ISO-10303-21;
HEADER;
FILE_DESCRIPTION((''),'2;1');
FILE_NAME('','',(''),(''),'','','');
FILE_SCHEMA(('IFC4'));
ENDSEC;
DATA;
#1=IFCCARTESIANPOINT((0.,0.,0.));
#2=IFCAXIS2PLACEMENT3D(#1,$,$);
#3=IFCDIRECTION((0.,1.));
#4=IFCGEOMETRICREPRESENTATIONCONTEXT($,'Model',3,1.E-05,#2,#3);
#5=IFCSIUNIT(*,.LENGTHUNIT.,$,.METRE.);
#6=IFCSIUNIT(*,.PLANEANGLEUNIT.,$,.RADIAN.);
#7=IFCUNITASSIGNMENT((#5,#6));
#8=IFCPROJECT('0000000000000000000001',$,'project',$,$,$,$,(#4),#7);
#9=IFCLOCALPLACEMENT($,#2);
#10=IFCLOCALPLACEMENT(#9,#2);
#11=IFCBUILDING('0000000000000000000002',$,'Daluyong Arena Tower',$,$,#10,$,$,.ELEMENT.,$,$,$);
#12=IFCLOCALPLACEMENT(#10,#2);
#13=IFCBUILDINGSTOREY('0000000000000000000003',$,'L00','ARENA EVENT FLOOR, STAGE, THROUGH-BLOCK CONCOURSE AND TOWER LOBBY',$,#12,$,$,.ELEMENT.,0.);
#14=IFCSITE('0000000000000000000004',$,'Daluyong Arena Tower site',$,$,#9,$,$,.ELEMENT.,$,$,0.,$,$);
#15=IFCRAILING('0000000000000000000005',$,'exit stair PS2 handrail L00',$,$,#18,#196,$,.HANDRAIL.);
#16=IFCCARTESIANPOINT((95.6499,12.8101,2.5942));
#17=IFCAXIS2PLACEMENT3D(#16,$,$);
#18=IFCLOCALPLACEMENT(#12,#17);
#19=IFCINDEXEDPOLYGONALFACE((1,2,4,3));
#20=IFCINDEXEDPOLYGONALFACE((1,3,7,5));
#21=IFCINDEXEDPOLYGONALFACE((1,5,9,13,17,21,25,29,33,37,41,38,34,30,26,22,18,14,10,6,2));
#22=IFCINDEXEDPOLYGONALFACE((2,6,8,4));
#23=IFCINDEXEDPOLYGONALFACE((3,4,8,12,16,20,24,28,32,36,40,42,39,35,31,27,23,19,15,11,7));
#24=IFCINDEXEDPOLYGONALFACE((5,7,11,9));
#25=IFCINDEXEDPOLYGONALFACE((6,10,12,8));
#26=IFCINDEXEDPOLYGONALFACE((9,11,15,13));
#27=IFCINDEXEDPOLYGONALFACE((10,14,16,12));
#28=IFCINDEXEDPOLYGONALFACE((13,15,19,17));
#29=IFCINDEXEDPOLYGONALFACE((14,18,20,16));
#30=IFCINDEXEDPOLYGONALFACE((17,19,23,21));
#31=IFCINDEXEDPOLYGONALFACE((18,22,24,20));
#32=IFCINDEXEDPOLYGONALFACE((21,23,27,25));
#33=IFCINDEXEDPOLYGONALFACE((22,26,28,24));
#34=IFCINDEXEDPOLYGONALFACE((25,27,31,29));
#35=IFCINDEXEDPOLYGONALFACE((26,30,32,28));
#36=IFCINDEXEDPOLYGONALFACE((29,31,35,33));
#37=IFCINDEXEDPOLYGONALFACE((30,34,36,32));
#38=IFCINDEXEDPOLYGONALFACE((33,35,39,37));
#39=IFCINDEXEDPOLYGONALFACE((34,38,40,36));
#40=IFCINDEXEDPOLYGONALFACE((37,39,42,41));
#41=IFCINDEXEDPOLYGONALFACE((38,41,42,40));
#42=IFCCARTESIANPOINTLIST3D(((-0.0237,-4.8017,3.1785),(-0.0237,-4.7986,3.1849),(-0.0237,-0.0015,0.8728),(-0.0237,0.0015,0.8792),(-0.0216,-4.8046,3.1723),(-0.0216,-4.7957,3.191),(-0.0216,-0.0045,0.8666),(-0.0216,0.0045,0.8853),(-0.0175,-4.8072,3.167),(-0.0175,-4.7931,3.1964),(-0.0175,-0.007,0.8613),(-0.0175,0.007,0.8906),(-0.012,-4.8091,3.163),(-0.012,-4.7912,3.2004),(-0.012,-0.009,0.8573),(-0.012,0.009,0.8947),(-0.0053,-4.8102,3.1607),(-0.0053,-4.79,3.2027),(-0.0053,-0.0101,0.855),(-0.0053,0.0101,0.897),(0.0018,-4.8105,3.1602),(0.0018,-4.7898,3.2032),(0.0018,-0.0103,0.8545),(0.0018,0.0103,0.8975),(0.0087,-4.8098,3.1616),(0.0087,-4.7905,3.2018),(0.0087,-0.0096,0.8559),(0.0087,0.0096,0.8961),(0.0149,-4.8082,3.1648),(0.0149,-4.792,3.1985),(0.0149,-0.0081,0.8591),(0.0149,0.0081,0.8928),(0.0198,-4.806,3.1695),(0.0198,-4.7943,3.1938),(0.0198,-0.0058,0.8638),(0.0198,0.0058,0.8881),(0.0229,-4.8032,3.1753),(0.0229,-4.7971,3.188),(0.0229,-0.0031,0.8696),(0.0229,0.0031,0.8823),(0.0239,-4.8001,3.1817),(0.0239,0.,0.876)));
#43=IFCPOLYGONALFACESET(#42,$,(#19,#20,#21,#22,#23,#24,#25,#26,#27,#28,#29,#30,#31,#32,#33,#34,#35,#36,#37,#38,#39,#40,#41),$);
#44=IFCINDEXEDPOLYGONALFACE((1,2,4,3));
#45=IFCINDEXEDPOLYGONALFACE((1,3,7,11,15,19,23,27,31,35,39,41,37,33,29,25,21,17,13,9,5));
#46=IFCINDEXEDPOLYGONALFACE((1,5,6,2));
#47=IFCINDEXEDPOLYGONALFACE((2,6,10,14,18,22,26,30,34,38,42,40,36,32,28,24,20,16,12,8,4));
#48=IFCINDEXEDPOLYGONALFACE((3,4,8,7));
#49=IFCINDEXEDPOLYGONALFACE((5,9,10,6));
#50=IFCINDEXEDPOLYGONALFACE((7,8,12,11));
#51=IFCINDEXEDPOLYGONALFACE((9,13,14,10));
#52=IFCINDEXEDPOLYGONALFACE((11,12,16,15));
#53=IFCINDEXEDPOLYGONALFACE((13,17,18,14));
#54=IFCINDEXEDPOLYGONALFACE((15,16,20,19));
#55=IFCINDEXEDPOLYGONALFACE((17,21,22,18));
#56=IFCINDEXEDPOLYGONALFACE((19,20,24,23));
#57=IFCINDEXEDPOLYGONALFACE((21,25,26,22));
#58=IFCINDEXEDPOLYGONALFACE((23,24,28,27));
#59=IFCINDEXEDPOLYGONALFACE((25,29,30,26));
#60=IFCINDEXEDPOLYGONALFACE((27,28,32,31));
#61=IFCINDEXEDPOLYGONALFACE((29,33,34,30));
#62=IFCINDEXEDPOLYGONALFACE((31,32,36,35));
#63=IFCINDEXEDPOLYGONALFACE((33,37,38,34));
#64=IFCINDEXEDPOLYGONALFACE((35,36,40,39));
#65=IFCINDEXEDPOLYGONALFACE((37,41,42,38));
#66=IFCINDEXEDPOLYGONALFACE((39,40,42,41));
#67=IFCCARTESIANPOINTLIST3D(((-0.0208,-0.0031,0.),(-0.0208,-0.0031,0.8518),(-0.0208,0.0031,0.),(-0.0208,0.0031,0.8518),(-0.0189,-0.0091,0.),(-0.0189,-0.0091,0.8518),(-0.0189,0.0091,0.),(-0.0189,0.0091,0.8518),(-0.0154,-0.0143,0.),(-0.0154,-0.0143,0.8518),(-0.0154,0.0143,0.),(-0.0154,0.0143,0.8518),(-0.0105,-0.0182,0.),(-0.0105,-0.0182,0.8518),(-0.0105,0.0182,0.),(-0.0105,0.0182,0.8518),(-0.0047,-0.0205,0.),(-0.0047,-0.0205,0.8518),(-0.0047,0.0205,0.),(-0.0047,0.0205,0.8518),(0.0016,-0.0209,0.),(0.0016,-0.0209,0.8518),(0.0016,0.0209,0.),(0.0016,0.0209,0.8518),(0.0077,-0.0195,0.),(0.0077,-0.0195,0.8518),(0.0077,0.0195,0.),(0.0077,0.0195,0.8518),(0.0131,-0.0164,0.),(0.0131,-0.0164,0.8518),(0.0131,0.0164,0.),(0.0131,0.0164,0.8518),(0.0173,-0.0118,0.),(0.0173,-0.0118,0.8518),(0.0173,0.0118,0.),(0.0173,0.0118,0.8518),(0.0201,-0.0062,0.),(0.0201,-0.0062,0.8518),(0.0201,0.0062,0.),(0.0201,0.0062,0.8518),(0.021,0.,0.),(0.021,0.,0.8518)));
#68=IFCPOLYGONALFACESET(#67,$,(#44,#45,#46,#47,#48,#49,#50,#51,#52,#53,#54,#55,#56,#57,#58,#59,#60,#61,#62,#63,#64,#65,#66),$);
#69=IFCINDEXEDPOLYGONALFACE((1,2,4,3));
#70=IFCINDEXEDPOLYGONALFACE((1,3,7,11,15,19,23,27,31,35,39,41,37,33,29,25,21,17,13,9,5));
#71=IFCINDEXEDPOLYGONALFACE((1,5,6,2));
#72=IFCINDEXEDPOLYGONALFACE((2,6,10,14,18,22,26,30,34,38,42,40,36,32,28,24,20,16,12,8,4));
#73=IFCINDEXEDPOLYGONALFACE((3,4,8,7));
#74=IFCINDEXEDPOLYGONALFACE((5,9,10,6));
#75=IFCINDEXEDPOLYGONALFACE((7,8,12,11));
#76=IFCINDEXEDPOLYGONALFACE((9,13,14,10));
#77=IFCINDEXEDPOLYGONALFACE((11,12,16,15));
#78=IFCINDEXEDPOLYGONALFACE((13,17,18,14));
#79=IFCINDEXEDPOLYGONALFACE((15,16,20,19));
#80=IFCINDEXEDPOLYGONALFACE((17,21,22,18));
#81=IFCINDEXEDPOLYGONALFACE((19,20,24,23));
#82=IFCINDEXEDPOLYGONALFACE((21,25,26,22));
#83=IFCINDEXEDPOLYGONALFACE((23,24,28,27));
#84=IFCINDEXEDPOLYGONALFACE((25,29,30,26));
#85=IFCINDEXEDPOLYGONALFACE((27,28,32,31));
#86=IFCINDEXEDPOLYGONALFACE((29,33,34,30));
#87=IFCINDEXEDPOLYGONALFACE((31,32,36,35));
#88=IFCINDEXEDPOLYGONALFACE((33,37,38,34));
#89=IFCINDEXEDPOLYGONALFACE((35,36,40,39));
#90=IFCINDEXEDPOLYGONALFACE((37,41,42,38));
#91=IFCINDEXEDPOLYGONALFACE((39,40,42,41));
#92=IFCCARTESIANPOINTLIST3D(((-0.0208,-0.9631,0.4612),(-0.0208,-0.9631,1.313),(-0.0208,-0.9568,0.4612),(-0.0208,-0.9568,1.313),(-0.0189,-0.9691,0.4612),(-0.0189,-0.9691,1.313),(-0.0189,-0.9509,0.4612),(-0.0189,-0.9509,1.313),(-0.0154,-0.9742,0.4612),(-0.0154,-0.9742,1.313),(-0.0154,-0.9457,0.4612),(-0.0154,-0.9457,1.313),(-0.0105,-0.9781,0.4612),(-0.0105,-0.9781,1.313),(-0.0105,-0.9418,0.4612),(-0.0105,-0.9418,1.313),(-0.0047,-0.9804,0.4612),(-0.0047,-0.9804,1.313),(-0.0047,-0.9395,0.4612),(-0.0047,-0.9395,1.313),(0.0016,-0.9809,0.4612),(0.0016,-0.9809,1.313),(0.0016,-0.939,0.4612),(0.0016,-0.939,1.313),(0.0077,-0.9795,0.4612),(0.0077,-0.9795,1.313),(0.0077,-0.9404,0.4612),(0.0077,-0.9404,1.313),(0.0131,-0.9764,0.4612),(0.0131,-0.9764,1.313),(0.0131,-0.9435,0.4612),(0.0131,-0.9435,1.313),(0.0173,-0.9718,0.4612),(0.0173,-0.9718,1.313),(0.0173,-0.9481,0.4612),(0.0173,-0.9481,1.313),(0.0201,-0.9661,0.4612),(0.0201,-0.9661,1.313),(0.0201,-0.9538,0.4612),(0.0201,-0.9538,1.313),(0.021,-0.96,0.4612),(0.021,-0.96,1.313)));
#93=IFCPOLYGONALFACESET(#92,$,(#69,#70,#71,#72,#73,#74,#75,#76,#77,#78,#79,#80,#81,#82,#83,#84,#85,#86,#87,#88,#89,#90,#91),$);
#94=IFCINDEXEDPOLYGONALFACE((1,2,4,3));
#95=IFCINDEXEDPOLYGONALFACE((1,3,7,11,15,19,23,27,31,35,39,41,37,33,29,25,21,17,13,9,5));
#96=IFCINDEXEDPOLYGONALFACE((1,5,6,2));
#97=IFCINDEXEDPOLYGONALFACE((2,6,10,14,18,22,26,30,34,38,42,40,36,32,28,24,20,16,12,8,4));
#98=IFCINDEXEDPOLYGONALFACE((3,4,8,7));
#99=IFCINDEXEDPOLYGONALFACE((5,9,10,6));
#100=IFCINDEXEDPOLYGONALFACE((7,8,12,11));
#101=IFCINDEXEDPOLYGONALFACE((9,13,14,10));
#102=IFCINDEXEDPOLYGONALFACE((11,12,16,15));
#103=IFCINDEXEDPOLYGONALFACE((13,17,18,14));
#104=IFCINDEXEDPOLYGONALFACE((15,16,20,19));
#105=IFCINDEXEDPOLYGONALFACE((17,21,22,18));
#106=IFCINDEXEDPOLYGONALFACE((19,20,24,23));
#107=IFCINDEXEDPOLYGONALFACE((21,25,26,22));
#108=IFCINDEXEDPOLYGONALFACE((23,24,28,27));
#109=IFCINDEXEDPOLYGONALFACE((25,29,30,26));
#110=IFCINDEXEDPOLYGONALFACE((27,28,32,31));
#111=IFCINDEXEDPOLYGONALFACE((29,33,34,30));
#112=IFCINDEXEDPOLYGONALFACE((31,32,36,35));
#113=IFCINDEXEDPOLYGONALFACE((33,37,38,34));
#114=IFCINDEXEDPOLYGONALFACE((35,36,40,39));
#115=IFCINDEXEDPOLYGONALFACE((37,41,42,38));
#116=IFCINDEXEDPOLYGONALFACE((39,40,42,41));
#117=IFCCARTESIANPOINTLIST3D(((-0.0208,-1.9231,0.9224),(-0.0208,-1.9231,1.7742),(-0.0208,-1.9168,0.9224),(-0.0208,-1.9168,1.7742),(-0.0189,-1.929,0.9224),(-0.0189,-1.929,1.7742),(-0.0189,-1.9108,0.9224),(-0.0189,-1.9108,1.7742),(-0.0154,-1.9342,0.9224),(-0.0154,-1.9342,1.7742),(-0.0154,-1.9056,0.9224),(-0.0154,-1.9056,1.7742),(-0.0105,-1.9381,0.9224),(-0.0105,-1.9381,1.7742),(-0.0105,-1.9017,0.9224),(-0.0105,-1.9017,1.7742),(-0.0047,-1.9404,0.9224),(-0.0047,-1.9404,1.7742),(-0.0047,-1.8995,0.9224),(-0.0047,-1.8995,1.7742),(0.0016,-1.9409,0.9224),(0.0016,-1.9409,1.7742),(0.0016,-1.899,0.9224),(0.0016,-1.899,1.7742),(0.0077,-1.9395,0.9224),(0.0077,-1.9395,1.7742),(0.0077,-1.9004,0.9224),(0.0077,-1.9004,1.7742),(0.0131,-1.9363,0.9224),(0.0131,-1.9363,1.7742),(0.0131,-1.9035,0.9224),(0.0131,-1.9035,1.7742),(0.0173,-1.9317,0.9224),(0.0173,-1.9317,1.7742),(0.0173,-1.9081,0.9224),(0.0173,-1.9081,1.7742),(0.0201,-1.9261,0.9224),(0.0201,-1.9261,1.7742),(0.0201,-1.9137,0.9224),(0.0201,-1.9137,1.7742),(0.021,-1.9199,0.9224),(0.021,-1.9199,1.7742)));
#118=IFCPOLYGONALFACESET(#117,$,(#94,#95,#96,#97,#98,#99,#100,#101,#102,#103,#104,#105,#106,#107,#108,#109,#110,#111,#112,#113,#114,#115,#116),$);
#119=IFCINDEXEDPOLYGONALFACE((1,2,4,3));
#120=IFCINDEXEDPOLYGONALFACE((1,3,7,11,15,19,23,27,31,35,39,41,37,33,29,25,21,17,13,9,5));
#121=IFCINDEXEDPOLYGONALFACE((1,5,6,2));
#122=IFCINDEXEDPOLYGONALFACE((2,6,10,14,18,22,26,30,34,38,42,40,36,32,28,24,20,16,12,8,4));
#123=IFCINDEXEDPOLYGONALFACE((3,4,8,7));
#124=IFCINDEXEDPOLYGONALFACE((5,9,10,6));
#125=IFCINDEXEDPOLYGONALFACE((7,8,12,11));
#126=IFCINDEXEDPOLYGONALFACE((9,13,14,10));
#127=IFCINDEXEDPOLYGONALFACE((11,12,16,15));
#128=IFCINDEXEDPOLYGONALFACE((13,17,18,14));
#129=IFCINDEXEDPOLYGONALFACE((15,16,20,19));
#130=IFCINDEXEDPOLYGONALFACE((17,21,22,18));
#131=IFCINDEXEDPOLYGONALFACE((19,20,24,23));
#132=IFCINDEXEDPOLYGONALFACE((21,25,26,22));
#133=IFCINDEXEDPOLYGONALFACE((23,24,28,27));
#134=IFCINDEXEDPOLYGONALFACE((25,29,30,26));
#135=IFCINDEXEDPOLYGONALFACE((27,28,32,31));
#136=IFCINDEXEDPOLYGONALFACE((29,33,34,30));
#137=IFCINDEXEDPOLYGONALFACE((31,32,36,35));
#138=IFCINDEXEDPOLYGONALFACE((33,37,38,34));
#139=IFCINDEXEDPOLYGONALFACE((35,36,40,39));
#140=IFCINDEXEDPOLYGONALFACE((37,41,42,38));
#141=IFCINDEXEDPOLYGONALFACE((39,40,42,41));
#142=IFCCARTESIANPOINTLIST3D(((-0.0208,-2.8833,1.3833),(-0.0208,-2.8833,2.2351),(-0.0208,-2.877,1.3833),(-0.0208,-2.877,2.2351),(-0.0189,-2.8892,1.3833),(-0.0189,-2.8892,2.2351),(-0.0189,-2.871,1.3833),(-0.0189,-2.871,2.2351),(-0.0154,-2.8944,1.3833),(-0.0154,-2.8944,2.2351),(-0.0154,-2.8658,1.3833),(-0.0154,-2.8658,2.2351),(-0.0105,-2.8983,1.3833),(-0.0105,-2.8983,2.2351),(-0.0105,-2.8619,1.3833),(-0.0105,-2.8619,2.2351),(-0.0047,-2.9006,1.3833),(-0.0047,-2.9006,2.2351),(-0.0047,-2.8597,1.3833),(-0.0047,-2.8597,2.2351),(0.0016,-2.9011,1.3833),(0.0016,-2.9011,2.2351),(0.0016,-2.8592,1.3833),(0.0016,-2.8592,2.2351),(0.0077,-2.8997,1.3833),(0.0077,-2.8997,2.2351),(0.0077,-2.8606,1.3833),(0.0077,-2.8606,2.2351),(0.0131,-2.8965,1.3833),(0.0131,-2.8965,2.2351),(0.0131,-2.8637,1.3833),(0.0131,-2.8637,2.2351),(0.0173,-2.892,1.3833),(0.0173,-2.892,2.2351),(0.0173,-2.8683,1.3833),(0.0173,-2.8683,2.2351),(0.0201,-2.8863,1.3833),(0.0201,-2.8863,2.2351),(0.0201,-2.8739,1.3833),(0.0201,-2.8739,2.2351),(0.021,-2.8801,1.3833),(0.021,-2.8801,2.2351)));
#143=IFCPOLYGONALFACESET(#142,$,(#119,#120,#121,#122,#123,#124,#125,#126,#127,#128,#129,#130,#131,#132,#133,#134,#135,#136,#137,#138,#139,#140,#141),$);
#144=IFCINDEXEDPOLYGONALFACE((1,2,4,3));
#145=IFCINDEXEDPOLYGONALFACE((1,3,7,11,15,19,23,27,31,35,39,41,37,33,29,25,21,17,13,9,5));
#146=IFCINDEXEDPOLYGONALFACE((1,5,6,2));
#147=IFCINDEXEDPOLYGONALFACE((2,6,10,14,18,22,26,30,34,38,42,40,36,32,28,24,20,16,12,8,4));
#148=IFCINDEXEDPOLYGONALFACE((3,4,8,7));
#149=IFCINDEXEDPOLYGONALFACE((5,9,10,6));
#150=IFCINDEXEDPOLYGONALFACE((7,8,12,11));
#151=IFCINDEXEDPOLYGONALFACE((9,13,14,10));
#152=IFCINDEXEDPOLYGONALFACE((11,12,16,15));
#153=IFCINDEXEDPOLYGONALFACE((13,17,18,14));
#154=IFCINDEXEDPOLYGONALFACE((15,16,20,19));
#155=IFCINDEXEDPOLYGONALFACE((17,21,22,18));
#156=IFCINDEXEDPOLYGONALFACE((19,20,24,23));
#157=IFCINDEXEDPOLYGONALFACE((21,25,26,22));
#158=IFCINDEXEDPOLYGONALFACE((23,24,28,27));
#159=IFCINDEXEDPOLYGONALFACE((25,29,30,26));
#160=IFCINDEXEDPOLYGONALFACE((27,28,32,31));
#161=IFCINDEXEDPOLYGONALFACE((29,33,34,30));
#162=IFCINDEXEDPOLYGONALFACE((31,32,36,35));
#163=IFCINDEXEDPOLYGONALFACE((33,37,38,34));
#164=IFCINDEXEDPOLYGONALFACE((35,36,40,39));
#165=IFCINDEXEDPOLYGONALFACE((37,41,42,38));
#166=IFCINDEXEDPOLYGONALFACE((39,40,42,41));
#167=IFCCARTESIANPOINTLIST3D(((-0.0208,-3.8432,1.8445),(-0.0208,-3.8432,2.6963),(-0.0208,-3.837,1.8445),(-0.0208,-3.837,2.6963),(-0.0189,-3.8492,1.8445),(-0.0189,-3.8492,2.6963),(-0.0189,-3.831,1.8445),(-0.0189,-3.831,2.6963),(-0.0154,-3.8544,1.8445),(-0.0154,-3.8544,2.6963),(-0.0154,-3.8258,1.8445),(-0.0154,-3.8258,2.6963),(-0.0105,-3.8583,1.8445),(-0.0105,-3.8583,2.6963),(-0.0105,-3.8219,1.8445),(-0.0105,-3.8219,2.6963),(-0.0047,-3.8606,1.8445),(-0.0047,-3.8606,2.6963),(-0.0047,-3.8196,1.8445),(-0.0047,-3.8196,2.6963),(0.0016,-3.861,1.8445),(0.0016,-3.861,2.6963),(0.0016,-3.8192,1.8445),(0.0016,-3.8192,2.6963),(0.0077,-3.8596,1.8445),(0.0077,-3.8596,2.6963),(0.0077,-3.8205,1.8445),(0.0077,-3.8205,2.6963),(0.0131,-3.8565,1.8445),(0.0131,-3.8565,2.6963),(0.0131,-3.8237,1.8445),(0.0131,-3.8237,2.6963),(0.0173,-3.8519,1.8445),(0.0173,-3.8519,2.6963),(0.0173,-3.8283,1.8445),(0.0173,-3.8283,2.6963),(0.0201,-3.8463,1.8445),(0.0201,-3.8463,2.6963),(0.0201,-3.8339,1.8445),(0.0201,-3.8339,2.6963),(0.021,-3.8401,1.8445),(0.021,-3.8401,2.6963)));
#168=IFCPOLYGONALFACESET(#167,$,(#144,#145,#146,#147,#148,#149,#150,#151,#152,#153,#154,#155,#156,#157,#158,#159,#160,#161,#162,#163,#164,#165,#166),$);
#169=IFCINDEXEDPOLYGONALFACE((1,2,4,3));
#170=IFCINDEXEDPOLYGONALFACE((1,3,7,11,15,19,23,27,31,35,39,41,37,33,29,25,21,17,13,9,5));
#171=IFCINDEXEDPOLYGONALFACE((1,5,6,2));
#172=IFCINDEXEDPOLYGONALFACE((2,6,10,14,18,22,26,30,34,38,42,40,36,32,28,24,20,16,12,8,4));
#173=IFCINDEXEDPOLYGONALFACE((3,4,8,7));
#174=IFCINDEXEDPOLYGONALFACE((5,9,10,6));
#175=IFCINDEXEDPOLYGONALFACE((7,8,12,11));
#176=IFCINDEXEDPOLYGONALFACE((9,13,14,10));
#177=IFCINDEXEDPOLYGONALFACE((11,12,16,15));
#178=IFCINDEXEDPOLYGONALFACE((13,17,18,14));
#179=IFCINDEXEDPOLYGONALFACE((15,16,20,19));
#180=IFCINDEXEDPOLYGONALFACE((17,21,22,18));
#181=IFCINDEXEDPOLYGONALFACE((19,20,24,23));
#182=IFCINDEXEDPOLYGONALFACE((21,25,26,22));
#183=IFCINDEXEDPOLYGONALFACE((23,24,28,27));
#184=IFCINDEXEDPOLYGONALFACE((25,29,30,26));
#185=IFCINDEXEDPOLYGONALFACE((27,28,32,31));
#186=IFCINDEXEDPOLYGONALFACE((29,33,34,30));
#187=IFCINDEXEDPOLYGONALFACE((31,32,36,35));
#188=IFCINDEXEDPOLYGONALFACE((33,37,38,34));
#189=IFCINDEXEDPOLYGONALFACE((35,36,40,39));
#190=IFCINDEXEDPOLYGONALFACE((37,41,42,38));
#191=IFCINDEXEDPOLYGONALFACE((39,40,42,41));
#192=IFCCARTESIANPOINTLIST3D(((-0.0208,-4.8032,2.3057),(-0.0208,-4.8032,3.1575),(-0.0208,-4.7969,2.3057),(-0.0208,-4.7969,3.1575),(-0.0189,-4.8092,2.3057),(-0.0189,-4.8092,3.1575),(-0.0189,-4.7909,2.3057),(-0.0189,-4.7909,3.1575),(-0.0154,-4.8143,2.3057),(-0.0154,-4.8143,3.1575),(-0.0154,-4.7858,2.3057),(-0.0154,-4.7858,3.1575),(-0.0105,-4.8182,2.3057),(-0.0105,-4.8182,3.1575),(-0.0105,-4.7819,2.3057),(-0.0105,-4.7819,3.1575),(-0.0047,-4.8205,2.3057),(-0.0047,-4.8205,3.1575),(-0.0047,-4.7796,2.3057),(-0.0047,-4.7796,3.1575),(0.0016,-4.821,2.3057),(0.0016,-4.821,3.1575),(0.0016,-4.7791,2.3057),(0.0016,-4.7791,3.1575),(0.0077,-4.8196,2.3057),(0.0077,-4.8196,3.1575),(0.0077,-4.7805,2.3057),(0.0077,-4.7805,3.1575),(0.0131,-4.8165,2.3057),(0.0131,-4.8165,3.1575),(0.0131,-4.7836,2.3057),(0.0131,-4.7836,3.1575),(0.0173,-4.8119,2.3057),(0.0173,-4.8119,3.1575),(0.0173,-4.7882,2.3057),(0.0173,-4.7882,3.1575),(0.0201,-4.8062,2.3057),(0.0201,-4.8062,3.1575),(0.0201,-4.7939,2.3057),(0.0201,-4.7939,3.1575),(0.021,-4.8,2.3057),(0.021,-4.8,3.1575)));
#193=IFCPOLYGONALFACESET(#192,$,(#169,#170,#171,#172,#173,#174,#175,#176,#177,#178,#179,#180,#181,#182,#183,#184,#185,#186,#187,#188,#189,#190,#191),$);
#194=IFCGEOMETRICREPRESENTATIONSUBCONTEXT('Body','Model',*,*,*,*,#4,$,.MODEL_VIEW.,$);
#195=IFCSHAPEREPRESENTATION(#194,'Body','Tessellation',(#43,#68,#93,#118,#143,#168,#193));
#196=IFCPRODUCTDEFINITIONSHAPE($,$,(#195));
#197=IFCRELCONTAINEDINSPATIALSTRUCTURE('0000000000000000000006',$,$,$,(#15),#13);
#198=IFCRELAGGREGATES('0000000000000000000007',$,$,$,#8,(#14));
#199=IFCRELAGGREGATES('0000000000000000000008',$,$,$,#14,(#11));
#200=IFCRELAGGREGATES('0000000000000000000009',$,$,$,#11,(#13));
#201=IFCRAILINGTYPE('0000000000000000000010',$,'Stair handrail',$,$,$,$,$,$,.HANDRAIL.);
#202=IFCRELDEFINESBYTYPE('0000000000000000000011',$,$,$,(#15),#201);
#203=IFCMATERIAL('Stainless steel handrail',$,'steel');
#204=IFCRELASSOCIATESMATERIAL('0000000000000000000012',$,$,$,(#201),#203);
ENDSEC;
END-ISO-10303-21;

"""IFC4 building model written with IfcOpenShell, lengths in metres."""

from ifc_helpers import new_model, si_unit, direction, frame, origin, origin_2d, place, context, subcontext, project, spatial, circle, extrude, material, type_object, element, save


model = new_model("IFC4")

# Units and contexts
model_context = context("Model", 3, precision=1e-05, world=origin(), true_north=direction((0.0, 1.0)))
body_context = subcontext(model_context, "Body", "Model", "MODEL_VIEW")
ifc_project = project(units=[si_unit("LENGTHUNIT", "METRE"), si_unit("PLANEANGLEUNIT", "RADIAN")], contexts=[model_context])

# Site, building, storey
site_placement = place(None, origin())
site = spatial("IfcSite", under=ifc_project, at=site_placement, Name="Daluyong Arena Tower site", CompositionType="ELEMENT", RefElevation=0.0)
building_placement = place(site_placement, origin())
building = spatial("IfcBuilding", under=site, at=building_placement, Name="Daluyong Arena Tower", CompositionType="ELEMENT")
storey_placement = place(building_placement, origin())
storey = spatial("IfcBuildingStorey", under=building, at=storey_placement, Name="L00", Description="ARENA EVENT FLOOR, STAGE, THROUGH-BLOCK CONCOURSE AND TOWER LOBBY", CompositionType="ELEMENT", Elevation=0.0)

# Railing
ifc_material_1 = material(Name="Stainless steel handrail", Category="steel")
railing_type_1 = type_object("IfcRailingType", Name="Stair handrail", PredefinedType="HANDRAIL", material=ifc_material_1)
railing_1_placement = place(storey_placement, frame((95.6499, 12.8101, 2.5942)))
element("IfcRailing", 1, at=railing_1_placement, inside=storey, type_object=railing_type_1, Name="exit stair PS2 handrail L00", PredefinedType="HANDRAIL", context=body_context, shape_type="SweptSolid", body=[
    extrude(circle(Radius=0.0239, at=origin_2d()), frame((0.0, 0.0, 0.876), z_axis=(0.0, -0.901403, 0.432981), x_axis=(1.0, 0.0, 0.0)), (0.0, 0.0, 1.0), 5.3252),
    extrude(circle(Radius=0.021, at=origin_2d()), origin(), (0.0, 0.0, 1.0), 0.8518),
    extrude(circle(Radius=0.021, at=origin_2d()), frame((0.0, -0.96, 0.4612)), (0.0, 0.0, 1.0), 0.8518),
    extrude(circle(Radius=0.021, at=origin_2d()), frame((0.0, -1.9199, 0.9224)), (0.0, 0.0, 1.0), 0.8518),
    extrude(circle(Radius=0.021, at=origin_2d()), frame((0.0, -2.8801, 1.3833)), (0.0, 0.0, 1.0), 0.8518),
    extrude(circle(Radius=0.021, at=origin_2d()), frame((0.0, -3.8401, 1.8445)), (0.0, 0.0, 1.0), 0.8518),
    extrude(circle(Radius=0.021, at=origin_2d()), frame((0.0, -4.8, 2.3057)), (0.0, 0.0, 1.0), 0.8518),
])

save(model, "model.ifc")
